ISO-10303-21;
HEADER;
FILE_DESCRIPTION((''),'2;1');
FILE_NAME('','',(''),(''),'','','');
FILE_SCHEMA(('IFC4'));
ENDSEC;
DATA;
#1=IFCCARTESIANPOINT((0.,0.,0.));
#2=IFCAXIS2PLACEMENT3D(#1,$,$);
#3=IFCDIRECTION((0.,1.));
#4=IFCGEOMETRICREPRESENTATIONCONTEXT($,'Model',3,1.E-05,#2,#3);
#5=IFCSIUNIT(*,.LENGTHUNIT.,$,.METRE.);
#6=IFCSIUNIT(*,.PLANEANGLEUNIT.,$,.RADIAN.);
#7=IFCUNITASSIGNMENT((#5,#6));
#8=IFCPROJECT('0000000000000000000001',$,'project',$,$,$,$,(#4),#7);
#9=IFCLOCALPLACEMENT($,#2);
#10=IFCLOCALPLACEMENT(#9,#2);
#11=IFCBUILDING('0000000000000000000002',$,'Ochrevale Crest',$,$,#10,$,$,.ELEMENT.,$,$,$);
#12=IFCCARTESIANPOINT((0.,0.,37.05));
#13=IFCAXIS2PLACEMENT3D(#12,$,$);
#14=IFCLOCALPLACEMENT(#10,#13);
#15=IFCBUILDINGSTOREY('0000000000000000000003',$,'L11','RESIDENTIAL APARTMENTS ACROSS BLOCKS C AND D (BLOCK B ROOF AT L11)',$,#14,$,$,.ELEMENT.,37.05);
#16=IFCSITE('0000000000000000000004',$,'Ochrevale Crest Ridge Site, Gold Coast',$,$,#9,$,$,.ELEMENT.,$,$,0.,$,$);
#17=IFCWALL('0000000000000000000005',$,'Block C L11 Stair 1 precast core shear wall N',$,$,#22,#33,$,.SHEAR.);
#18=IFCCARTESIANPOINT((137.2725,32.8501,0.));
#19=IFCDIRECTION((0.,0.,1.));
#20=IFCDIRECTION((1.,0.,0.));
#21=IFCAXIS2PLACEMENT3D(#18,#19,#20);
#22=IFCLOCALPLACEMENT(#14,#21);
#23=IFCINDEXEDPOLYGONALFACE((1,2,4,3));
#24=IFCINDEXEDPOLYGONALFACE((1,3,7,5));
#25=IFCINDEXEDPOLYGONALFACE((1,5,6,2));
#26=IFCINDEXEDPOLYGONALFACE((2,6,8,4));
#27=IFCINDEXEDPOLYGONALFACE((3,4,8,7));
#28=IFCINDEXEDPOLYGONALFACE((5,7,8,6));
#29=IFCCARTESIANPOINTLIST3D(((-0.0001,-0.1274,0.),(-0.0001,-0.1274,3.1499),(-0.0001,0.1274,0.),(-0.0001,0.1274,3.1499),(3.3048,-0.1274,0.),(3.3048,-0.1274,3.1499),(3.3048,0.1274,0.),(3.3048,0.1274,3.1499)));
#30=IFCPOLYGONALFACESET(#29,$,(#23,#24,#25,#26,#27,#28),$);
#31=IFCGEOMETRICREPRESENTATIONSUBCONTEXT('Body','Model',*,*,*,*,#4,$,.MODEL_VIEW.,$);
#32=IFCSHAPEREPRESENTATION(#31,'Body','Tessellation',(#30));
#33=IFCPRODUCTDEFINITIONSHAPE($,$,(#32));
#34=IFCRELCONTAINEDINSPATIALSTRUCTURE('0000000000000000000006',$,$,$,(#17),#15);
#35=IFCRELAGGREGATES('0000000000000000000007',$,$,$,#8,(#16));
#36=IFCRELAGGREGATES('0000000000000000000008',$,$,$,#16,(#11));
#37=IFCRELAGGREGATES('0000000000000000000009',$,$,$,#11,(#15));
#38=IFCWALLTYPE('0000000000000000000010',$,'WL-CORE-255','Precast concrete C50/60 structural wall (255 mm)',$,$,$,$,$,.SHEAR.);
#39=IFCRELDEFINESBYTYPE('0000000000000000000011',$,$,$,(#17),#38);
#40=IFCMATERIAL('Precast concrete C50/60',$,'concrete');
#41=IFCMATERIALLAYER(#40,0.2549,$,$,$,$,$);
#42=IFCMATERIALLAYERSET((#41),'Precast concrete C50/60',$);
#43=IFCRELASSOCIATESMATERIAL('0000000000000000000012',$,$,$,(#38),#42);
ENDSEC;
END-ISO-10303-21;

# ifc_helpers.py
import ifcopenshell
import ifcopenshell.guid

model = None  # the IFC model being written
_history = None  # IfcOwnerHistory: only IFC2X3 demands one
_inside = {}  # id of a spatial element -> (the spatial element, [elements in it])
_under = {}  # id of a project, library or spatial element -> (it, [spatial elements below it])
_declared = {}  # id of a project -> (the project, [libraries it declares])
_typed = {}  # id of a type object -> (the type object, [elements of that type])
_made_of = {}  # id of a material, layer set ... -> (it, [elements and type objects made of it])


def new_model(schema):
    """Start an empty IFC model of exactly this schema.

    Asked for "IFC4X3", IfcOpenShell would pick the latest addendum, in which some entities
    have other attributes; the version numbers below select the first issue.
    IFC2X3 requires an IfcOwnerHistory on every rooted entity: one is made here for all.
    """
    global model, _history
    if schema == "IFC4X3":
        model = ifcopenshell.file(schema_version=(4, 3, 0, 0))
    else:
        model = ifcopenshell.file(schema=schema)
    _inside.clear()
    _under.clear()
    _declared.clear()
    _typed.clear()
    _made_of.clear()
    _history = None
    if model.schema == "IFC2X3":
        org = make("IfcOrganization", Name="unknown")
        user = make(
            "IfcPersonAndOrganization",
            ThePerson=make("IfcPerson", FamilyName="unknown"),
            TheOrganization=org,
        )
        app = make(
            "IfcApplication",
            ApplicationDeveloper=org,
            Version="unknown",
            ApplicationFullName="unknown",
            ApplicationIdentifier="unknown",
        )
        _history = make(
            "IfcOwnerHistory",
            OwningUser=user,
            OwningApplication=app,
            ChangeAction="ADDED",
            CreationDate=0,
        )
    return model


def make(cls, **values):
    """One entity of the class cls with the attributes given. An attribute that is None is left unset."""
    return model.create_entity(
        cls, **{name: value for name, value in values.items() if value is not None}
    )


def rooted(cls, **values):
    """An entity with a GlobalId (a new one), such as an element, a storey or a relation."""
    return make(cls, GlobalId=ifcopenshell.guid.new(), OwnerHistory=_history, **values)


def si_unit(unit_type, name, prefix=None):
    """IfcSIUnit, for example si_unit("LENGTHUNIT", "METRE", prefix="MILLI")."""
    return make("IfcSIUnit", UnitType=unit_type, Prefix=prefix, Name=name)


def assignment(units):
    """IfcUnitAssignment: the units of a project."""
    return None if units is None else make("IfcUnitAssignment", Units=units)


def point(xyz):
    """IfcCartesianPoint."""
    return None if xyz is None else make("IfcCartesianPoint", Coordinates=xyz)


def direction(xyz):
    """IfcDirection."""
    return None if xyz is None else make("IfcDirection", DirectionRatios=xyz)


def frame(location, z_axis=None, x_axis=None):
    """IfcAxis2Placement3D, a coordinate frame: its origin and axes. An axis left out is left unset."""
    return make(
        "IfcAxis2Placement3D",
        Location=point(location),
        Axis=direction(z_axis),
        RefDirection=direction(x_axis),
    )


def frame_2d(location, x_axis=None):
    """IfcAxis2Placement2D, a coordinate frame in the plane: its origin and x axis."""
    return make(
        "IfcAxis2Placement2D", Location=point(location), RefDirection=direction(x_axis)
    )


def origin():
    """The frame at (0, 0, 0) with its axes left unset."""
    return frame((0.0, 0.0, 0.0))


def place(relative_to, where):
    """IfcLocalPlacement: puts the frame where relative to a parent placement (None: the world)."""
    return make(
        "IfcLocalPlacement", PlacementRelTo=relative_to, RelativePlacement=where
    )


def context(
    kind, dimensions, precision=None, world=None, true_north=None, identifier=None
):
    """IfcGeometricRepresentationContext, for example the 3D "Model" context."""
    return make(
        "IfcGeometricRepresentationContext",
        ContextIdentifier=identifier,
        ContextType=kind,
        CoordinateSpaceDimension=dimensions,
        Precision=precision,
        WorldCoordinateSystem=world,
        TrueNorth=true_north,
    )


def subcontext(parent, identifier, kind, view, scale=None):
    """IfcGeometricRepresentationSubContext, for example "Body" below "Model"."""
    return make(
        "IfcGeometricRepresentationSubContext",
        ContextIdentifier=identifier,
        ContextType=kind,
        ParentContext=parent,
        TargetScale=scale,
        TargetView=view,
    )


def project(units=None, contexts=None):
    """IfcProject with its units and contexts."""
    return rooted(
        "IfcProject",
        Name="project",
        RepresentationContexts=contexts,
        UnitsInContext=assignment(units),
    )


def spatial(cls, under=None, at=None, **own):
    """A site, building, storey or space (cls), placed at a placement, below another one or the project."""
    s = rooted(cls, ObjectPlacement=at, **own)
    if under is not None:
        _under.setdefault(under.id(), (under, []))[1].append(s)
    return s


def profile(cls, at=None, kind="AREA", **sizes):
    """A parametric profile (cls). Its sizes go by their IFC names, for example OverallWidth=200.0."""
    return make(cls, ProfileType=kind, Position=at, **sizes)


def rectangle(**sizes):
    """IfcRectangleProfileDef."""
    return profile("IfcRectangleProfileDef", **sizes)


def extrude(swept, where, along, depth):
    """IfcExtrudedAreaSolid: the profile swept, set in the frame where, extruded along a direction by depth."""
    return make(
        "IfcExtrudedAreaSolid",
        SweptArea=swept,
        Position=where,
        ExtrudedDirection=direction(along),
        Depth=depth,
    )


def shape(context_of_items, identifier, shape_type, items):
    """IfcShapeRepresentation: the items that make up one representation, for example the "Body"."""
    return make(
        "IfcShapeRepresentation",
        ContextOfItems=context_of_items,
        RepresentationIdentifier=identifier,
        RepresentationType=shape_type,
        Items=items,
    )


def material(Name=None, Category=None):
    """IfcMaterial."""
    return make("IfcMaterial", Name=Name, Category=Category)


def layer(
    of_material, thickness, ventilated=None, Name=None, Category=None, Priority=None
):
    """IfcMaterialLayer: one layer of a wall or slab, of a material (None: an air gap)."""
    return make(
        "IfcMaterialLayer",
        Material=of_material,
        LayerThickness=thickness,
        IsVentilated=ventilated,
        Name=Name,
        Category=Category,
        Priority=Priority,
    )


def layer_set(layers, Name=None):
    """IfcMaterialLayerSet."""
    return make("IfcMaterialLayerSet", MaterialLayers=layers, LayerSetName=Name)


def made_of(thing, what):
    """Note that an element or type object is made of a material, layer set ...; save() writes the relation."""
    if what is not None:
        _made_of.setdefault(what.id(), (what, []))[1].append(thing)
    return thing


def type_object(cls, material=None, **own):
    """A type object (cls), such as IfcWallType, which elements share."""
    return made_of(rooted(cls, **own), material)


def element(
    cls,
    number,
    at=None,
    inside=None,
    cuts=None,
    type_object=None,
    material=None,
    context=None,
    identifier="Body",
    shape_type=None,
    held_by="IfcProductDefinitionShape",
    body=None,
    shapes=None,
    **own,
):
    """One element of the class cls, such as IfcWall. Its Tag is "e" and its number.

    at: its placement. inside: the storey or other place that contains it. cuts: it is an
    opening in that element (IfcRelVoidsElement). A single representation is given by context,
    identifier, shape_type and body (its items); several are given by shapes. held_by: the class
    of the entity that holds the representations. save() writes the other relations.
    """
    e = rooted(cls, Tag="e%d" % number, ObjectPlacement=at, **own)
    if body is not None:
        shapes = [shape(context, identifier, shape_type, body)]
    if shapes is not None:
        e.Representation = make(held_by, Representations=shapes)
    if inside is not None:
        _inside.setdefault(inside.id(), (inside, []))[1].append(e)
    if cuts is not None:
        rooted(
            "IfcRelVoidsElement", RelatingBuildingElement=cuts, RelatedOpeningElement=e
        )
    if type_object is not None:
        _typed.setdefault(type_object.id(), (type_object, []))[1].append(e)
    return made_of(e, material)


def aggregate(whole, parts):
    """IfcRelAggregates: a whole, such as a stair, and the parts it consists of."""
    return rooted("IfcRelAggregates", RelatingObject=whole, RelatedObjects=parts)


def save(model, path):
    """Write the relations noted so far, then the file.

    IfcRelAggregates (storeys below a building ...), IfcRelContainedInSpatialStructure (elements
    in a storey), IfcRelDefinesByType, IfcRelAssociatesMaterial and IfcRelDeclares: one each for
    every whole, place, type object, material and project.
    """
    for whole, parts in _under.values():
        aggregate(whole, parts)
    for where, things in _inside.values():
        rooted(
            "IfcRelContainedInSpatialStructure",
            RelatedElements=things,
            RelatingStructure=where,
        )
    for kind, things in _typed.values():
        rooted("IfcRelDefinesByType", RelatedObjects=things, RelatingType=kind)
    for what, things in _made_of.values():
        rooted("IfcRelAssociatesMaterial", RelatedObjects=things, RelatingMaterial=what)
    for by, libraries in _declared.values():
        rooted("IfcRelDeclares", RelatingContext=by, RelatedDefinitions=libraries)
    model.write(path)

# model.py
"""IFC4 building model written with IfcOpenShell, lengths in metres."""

from ifc_helpers import new_model, si_unit, direction, frame, frame_2d, origin, place, context, subcontext, project, spatial, rectangle, extrude, material, layer, layer_set, type_object, element, save


model = new_model("IFC4")

# Units and contexts
model_context = context("Model", 3, precision=1e-05, world=origin(), true_north=direction((0.0, 1.0)))
body_context = subcontext(model_context, "Body", "Model", "MODEL_VIEW")
ifc_project = project(units=[si_unit("LENGTHUNIT", "METRE"), si_unit("PLANEANGLEUNIT", "RADIAN")], contexts=[model_context])

# Site, building, storey
site_placement = place(None, origin())
site = spatial("IfcSite", under=ifc_project, at=site_placement, Name="Ochrevale Crest Ridge Site, Gold Coast", CompositionType="ELEMENT", RefElevation=0.0)
building_placement = place(site_placement, origin())
building = spatial("IfcBuilding", under=site, at=building_placement, Name="Ochrevale Crest", CompositionType="ELEMENT")
storey_placement = place(building_placement, frame((0.0, 0.0, 37.05)))
storey = spatial("IfcBuildingStorey", under=building, at=storey_placement, Name="L11", Description="RESIDENTIAL APARTMENTS ACROSS BLOCKS C AND D (BLOCK B ROOF AT L11)", CompositionType="ELEMENT", Elevation=37.05)

# Shared definitions
ifc_material_1 = material(Name="Precast concrete C50/60", Category="concrete")

# Shared definitions
ifc_layer_1 = layer(ifc_material_1, 0.2549)
ifc_layer_set_1 = layer_set([ifc_layer_1], Name="Precast concrete C50/60")
wall_type_1 = type_object("IfcWallType", Name="WL-CORE-255", Description="Precast concrete C50/60 structural wall (255 mm)", PredefinedType="SHEAR", material=ifc_layer_set_1)

# Wall
wall_1_placement = place(storey_placement, frame((137.2725, 32.8501, 0.0), z_axis=(0.0, 0.0, 1.0), x_axis=(1.0, 0.0, 0.0)))
element("IfcWall", 1, at=wall_1_placement, inside=storey, type_object=wall_type_1, Name="Block C L11 Stair 1 precast core shear wall N", PredefinedType="SHEAR", context=body_context, shape_type="SweptSolid", body=[
    extrude(rectangle(XDim=3.3049, YDim=0.2549, at=frame_2d((1.6523, 0.0))), origin(), (0.0, 0.0, 1.0), 3.1499),
])

save(model, "model.ifc")
